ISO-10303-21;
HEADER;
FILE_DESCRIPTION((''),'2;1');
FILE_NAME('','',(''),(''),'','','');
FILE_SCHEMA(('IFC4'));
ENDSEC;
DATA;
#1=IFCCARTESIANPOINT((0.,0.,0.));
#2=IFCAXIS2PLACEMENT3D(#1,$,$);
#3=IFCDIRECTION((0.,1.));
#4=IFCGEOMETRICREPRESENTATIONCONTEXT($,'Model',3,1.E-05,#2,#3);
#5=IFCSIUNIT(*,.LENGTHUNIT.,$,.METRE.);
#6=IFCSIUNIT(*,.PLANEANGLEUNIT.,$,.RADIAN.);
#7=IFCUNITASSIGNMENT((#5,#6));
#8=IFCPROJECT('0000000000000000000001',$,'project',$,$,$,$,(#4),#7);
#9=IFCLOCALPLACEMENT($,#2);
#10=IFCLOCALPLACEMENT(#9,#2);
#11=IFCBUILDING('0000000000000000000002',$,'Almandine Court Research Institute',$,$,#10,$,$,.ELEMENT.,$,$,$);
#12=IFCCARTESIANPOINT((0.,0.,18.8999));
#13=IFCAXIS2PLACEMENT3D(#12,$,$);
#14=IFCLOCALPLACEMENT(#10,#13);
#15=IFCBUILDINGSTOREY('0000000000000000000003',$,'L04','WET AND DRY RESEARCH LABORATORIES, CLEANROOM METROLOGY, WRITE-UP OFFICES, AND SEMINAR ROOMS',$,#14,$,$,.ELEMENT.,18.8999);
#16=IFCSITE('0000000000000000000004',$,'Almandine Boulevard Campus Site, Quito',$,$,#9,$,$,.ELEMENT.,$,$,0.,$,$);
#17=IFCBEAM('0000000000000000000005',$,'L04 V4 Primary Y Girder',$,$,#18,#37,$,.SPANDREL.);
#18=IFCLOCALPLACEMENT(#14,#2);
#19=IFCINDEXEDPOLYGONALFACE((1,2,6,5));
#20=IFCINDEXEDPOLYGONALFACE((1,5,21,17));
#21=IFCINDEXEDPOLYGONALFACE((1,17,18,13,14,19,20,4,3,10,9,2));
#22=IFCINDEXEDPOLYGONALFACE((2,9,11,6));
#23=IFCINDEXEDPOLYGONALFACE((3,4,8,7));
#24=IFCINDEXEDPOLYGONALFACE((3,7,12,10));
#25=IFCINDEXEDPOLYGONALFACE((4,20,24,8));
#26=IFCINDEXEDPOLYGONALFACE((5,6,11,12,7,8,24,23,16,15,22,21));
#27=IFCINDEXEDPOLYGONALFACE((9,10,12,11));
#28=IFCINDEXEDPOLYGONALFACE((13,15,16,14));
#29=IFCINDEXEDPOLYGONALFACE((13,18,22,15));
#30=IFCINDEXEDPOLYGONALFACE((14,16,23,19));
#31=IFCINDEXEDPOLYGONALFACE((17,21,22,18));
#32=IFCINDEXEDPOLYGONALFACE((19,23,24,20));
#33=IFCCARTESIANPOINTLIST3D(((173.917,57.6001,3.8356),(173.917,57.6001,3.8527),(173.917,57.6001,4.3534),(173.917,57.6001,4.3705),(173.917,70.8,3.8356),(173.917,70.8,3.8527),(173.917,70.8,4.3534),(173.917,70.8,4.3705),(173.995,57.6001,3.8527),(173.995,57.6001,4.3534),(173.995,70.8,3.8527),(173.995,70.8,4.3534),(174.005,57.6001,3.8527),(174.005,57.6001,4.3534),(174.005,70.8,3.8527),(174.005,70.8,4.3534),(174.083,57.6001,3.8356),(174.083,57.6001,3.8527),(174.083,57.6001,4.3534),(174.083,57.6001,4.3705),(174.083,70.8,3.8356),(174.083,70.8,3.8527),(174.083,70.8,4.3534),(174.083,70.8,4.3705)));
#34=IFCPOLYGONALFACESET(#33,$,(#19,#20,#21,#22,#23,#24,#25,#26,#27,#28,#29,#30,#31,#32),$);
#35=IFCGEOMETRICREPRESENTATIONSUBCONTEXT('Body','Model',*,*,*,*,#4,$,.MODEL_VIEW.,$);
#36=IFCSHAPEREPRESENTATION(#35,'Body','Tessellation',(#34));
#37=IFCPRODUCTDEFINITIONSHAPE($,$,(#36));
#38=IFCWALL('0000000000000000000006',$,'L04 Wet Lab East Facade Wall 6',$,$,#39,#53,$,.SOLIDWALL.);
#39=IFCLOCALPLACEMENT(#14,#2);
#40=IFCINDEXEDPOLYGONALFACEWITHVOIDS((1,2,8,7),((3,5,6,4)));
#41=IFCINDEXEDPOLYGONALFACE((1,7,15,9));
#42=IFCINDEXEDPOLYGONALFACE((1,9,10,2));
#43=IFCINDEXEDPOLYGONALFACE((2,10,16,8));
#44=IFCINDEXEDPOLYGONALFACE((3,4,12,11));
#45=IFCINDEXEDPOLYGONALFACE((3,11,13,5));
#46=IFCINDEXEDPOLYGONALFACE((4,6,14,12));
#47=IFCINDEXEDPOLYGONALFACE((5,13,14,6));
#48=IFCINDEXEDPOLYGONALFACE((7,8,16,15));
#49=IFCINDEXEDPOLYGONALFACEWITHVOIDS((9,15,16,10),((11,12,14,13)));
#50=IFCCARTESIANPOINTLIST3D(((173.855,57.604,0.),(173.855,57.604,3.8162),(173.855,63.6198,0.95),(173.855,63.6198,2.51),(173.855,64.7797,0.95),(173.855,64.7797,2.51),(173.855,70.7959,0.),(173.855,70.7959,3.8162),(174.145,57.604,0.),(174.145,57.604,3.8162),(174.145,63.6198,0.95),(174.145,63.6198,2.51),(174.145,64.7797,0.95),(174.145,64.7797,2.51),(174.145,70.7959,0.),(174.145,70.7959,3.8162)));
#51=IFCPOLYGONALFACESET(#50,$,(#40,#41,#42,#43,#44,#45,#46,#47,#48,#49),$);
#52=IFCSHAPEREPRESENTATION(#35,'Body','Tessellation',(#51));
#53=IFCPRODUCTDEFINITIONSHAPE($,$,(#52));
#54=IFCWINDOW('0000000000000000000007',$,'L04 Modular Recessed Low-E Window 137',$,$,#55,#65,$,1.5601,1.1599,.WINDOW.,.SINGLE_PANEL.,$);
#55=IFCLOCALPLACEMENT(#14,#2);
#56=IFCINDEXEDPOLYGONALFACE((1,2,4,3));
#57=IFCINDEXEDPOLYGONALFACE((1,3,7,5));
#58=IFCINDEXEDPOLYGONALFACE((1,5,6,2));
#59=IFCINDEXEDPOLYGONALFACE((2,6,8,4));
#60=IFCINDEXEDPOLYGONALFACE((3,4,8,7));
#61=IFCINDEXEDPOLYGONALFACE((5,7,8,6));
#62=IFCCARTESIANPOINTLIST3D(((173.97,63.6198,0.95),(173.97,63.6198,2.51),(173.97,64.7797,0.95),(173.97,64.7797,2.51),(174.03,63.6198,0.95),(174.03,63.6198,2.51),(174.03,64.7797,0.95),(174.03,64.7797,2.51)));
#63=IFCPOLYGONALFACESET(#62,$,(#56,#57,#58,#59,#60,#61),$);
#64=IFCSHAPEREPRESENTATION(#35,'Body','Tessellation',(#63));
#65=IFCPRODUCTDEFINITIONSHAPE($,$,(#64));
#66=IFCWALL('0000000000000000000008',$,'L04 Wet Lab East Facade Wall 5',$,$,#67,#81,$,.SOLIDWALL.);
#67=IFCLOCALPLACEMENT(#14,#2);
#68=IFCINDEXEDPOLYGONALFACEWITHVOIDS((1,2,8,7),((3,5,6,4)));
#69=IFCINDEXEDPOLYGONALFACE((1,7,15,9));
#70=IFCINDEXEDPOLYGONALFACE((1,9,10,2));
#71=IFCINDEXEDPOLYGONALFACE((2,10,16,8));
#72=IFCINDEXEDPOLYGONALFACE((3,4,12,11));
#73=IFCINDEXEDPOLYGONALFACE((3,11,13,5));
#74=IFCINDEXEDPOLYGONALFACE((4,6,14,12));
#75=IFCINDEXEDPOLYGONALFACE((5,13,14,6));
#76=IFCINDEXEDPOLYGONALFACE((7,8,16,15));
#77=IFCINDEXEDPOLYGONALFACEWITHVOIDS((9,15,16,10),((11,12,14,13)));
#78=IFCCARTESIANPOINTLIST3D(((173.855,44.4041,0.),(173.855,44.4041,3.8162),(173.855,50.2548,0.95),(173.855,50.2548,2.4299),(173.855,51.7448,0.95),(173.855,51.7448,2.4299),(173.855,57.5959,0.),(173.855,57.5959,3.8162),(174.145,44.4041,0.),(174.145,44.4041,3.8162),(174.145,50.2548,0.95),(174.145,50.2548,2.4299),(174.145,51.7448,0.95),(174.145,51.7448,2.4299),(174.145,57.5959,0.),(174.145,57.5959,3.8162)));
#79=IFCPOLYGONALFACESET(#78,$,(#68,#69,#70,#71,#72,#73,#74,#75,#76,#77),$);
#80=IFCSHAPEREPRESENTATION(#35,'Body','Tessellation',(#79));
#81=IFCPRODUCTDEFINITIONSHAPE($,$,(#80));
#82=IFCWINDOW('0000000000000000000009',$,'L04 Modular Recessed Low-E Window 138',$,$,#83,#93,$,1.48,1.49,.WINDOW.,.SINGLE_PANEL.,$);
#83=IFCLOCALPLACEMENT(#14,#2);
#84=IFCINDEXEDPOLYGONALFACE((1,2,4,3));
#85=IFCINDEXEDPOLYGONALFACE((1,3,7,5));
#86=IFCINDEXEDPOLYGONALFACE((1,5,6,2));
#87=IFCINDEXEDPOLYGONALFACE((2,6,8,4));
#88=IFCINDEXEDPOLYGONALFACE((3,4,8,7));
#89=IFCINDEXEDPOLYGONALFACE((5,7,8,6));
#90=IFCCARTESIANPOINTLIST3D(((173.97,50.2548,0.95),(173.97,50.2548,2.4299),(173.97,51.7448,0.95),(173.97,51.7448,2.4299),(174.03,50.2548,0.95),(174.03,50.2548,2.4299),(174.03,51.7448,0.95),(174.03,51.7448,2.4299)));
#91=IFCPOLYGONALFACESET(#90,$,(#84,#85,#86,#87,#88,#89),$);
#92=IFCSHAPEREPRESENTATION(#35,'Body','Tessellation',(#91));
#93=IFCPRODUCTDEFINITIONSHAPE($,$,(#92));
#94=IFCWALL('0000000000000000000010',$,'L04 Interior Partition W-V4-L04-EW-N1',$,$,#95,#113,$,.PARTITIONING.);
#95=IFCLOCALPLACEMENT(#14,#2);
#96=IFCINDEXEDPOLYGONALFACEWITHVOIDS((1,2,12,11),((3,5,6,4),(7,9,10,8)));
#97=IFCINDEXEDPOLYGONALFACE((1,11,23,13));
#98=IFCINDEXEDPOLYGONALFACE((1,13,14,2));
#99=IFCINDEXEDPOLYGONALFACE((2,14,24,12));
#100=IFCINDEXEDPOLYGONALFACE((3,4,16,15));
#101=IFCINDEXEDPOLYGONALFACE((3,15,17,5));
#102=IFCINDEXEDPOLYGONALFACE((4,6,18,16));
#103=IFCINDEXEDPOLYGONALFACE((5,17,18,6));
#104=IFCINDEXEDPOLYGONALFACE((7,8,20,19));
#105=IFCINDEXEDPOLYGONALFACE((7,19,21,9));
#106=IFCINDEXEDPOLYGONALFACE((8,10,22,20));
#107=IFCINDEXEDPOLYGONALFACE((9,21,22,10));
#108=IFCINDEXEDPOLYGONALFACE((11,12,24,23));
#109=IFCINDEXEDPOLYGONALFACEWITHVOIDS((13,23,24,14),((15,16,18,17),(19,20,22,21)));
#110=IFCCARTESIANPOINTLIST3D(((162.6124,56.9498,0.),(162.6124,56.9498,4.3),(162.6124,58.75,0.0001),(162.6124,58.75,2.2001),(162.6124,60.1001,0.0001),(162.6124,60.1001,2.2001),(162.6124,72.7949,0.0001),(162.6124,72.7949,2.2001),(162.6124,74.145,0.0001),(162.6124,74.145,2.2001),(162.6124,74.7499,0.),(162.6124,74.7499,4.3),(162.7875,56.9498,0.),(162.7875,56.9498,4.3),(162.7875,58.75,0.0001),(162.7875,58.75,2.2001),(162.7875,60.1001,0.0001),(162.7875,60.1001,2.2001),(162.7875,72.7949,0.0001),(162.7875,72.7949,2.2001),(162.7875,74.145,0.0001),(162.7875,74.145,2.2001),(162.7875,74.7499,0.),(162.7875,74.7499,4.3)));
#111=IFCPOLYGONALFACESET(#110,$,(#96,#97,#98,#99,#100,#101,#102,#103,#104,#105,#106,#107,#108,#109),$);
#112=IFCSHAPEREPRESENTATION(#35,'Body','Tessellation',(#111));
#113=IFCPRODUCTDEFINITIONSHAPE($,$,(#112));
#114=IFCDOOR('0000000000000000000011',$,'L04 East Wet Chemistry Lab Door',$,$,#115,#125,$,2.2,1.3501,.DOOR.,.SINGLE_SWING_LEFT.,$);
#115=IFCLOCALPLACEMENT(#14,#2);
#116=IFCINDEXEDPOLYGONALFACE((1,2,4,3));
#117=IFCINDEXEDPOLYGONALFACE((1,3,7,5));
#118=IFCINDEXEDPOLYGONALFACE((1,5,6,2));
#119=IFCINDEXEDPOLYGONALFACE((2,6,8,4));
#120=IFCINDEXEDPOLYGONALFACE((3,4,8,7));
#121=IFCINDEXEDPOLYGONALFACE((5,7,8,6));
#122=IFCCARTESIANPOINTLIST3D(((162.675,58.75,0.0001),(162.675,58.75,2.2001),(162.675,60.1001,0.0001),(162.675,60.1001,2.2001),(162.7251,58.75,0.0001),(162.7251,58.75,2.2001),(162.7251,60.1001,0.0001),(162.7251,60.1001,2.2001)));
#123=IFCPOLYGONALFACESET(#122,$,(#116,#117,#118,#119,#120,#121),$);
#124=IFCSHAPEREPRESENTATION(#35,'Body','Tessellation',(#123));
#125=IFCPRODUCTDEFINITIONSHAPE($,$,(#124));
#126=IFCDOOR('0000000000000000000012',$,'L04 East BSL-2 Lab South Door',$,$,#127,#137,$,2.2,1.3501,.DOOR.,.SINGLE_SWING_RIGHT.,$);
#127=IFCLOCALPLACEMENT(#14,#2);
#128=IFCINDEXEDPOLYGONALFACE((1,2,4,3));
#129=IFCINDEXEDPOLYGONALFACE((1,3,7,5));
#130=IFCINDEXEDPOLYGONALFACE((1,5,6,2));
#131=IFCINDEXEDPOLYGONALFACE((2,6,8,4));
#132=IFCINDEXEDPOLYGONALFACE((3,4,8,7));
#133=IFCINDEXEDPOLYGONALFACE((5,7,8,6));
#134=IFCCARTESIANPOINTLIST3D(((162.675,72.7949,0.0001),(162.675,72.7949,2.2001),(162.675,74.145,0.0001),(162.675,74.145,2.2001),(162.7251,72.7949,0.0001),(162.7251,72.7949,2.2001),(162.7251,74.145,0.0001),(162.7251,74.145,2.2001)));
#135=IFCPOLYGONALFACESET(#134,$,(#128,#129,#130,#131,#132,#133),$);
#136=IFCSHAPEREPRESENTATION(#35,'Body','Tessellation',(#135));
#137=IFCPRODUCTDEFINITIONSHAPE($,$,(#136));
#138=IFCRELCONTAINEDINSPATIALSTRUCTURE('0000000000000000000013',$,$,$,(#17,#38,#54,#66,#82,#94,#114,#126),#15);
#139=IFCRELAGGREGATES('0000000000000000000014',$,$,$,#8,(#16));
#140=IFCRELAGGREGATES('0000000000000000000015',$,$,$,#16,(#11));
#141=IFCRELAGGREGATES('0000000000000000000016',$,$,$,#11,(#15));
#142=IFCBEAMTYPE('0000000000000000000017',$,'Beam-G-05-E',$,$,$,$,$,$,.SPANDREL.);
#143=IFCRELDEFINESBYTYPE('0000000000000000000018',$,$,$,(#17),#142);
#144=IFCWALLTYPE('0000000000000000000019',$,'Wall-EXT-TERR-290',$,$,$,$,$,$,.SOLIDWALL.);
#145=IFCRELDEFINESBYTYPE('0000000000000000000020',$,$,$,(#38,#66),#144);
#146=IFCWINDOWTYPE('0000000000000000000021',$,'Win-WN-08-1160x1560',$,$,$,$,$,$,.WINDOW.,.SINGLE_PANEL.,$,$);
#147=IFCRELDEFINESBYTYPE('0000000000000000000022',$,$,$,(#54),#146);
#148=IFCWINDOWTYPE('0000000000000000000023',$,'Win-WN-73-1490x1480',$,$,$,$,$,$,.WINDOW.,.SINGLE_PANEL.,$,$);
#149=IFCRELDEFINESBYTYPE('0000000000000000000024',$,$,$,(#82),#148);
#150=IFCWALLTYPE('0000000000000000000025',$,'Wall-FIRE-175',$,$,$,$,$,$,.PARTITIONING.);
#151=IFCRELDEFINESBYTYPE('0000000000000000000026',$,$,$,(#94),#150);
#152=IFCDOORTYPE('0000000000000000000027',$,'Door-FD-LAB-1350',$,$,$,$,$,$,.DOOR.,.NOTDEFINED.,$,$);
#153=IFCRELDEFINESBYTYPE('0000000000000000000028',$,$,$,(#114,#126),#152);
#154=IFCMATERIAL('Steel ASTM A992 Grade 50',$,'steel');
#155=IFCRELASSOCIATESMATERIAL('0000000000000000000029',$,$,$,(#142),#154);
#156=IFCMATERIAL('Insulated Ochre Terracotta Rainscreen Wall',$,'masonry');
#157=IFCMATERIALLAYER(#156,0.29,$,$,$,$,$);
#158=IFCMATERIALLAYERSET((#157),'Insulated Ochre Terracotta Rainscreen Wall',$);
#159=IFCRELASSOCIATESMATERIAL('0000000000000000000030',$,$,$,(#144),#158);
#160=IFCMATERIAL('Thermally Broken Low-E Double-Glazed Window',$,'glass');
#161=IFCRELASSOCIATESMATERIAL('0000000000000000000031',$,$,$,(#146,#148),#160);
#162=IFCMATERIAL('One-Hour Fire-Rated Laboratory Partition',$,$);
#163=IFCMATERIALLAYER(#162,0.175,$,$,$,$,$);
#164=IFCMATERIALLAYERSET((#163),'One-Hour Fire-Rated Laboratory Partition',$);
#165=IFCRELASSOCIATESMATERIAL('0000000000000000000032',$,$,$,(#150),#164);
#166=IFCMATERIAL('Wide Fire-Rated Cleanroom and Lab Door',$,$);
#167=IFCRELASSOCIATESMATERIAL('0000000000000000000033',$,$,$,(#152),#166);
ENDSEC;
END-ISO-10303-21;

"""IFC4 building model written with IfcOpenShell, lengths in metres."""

from ifc_helpers import new_model, si_unit, direction, frame, frame_2d, origin, origin_2d, place, context, subcontext, project, spatial, rectangle, i_section, extrude, material, layer, layer_set, material_profile, profile_set, type_object, element, fill, save


model = new_model("IFC4")

# Units and contexts
model_context = context("Model", 3, precision=1e-05, world=origin(), true_north=direction((0.0, 1.0)))
body_context = subcontext(model_context, "Body", "Model", "MODEL_VIEW")
ifc_project = project(units=[si_unit("LENGTHUNIT", "METRE"), si_unit("PLANEANGLEUNIT", "RADIAN")], contexts=[model_context])

# Site, building, storey
site_placement = place(None, origin())
site = spatial("IfcSite", under=ifc_project, at=site_placement, Name="Almandine Boulevard Campus Site, Quito", CompositionType="ELEMENT", RefElevation=0.0)
building_placement = place(site_placement, origin())
building = spatial("IfcBuilding", under=site, at=building_placement, Name="Almandine Court Research Institute", CompositionType="ELEMENT")
storey_placement = place(building_placement, frame((0.0, 0.0, 18.8999)))
storey = spatial("IfcBuildingStorey", under=building, at=storey_placement, Name="L04", Description="WET AND DRY RESEARCH LABORATORIES, CLEANROOM METROLOGY, WRITE-UP OFFICES, AND SEMINAR ROOMS", CompositionType="ELEMENT", Elevation=18.8999)

# Shared definitions
ifc_material_1 = material(Name="Steel ASTM A992 Grade 50", Category="steel")

# Beam
ifc_material_profile_1 = material_profile(ifc_material_1, i_section(OverallWidth=0.166, OverallDepth=0.5349, WebThickness=0.01, FlangeThickness=0.0171, at=origin_2d()), Name="W530x85")
ifc_profile_set_1 = profile_set([ifc_material_profile_1], Name="Steel ASTM A992 Grade 50")
beam_type_1 = type_object("IfcBeamType", Name="Beam-G-05-E", PredefinedType="SPANDREL", material=ifc_profile_set_1)
beam_1_placement = place(storey_placement, frame((174.0, 57.6001, 4.103), z_axis=(0.0, 1.0, 0.0), x_axis=(-1.0, 0.0, 0.0)))
element("IfcBeam", 1, at=beam_1_placement, inside=storey, type_object=beam_type_1, Name="L04 V4 Primary Y Girder", PredefinedType="SPANDREL", context=body_context, shape_type="SweptSolid", body=[
    extrude(i_section(OverallWidth=0.166, OverallDepth=0.5349, WebThickness=0.01, FlangeThickness=0.0171, at=origin_2d()), origin(), (0.0, 0.0, 1.0), 13.2),
])

# Walls, openings, windows
ifc_material_2 = material(Name="Insulated Ochre Terracotta Rainscreen Wall", Category="masonry")
ifc_layer_1 = layer(ifc_material_2, 0.29)
ifc_layer_set_1 = layer_set([ifc_layer_1], Name="Insulated Ochre Terracotta Rainscreen Wall")
wall_type_1 = type_object("IfcWallType", Name="Wall-EXT-TERR-290", PredefinedType="SOLIDWALL", material=ifc_layer_set_1)
wall_1_placement = place(storey_placement, frame((174.0, 70.7959, 0.0), z_axis=(0.0, 0.0, 1.0), x_axis=(0.0, -1.0, 0.0)))
wall_1 = element("IfcWall", 2, at=wall_1_placement, inside=storey, type_object=wall_type_1, Name="L04 Wet Lab East Facade Wall 6", PredefinedType="SOLIDWALL", context=body_context, shape_type="SweptSolid", body=[
    extrude(rectangle(XDim=13.1919, YDim=0.29, at=frame_2d((6.5959, 0.0))), origin(), (0.0, 0.0, 1.0), 3.8162),
])
opening_1_placement = place(wall_1_placement, frame((6.0161, 0.0, 0.95)))
opening_1 = element("IfcOpeningElement", 3, at=opening_1_placement, cuts=wall_1, PredefinedType="OPENING", context=body_context, shape_type="SweptSolid", body=[
    extrude(rectangle(XDim=1.1599, YDim=1.5601, at=frame_2d((0.5801, 0.78))), frame((0.0, 0.155, 0.0), z_axis=(0.0, -1.0, 0.0), x_axis=(1.0, 0.0, 0.0)), (0.0, 0.0, 1.0), 0.3101),
])
ifc_material_3 = material(Name="Thermally Broken Low-E Double-Glazed Window", Category="glass")
window_type_1 = type_object("IfcWindowType", Name="Win-WN-08-1160x1560", PartitioningType="SINGLE_PANEL", PredefinedType="WINDOW", material=ifc_material_3)
window_1_placement = place(opening_1_placement, origin())
window_1 = element("IfcWindow", 4, at=window_1_placement, inside=storey, type_object=window_type_1, Name="L04 Modular Recessed Low-E Window 137", OverallHeight=1.5601, OverallWidth=1.1599, PartitioningType="SINGLE_PANEL", PredefinedType="WINDOW", context=body_context, shape_type="SweptSolid", body=[
    extrude(rectangle(XDim=1.1599, YDim=1.5601, at=frame_2d((0.5801, 0.78))), frame((0.0, 0.03, 0.0), z_axis=(0.0, -1.0, 0.0), x_axis=(1.0, 0.0, 0.0)), (0.0, 0.0, 1.0), 0.0601),
])
fill(opening_1, window_1)
wall_2_placement = place(storey_placement, frame((174.0, 57.5959, 0.0), z_axis=(0.0, 0.0, 1.0), x_axis=(0.0, -1.0, 0.0)))
wall_2 = element("IfcWall", 5, at=wall_2_placement, inside=storey, type_object=wall_type_1, Name="L04 Wet Lab East Facade Wall 5", PredefinedType="SOLIDWALL", context=body_context, shape_type="SweptSolid", body=[
    extrude(rectangle(XDim=13.1919, YDim=0.29, at=frame_2d((6.5959, 0.0))), origin(), (0.0, 0.0, 1.0), 3.8162),
])
opening_2_placement = place(wall_2_placement, frame((5.8511, 0.0, 0.95)))
opening_2 = element("IfcOpeningElement", 6, at=opening_2_placement, cuts=wall_2, PredefinedType="OPENING", context=body_context, shape_type="SweptSolid", body=[
    extrude(rectangle(XDim=1.49, YDim=1.48, at=frame_2d((0.7451, 0.74))), frame((0.0, 0.155, 0.0), z_axis=(0.0, -1.0, 0.0), x_axis=(1.0, 0.0, 0.0)), (0.0, 0.0, 1.0), 0.3101),
])
window_type_2 = type_object("IfcWindowType", Name="Win-WN-73-1490x1480", PartitioningType="SINGLE_PANEL", PredefinedType="WINDOW", material=ifc_material_3)
window_2_placement = place(opening_2_placement, origin())
window_2 = element("IfcWindow", 7, at=window_2_placement, inside=storey, type_object=window_type_2, Name="L04 Modular Recessed Low-E Window 138", OverallHeight=1.48, OverallWidth=1.49, PartitioningType="SINGLE_PANEL", PredefinedType="WINDOW", context=body_context, shape_type="SweptSolid", body=[
    extrude(rectangle(XDim=1.49, YDim=1.48, at=frame_2d((0.7451, 0.74))), frame((0.0, 0.03, 0.0), z_axis=(0.0, -1.0, 0.0), x_axis=(1.0, 0.0, 0.0)), (0.0, 0.0, 1.0), 0.0601),
])
fill(opening_2, window_2)

# Wall, openings, doors
ifc_material_4 = material(Name="One-Hour Fire-Rated Laboratory Partition")
ifc_layer_2 = layer(ifc_material_4, 0.175)
ifc_layer_set_2 = layer_set([ifc_layer_2], Name="One-Hour Fire-Rated Laboratory Partition")
wall_type_2 = type_object("IfcWallType", Name="Wall-FIRE-175", PredefinedType="PARTITIONING", material=ifc_layer_set_2)
wall_3_placement = place(storey_placement, frame((162.7, 56.95, 0.0), z_axis=(0.0, 0.0, 1.0), x_axis=(0.0, 1.0, 0.0)))
wall_3 = element("IfcWall", 8, at=wall_3_placement, inside=storey, type_object=wall_type_2, Name="L04 Interior Partition W-V4-L04-EW-N1", PredefinedType="PARTITIONING", context=body_context, shape_type="SweptSolid", body=[
    extrude(rectangle(XDim=17.8, YDim=0.175, at=frame_2d((8.8999, 0.0))), origin(), (0.0, 0.0, 1.0), 4.3),
])
opening_3_placement = place(wall_3_placement, frame((1.8, 0.0, 0.0)))
opening_3 = element("IfcOpeningElement", 9, at=opening_3_placement, cuts=wall_3, PredefinedType="OPENING", context=body_context, shape_type="SweptSolid", body=[
    extrude(rectangle(XDim=1.3501, YDim=2.2, at=frame_2d((0.675, 1.1001))), frame((0.0, 0.0974, 0.0), z_axis=(0.0, -1.0, 0.0), x_axis=(1.0, 0.0, 0.0)), (0.0, 0.0, 1.0), 0.1951),
])
opening_4_placement = place(wall_3_placement, frame((15.845, 0.0, 0.0)))
opening_4 = element("IfcOpeningElement", 10, at=opening_4_placement, cuts=wall_3, PredefinedType="OPENING", context=body_context, shape_type="SweptSolid", body=[
    extrude(rectangle(XDim=1.3501, YDim=2.2, at=frame_2d((0.675, 1.1001))), frame((0.0, 0.0974, 0.0), z_axis=(0.0, -1.0, 0.0), x_axis=(1.0, 0.0, 0.0)), (0.0, 0.0, 1.0), 0.1951),
])
ifc_material_5 = material(Name="Wide Fire-Rated Cleanroom and Lab Door")
door_type_1 = type_object("IfcDoorType", Name="Door-FD-LAB-1350", OperationType="NOTDEFINED", PredefinedType="DOOR", material=ifc_material_5)
door_1_placement = place(opening_3_placement, origin())
door_1 = element("IfcDoor", 11, at=door_1_placement, inside=storey, type_object=door_type_1, Name="L04 East Wet Chemistry Lab Door", OperationType="SINGLE_SWING_LEFT", OverallHeight=2.2, OverallWidth=1.3501, PredefinedType="DOOR", context=body_context, shape_type="SweptSolid", body=[
    extrude(rectangle(XDim=1.3501, YDim=2.2, at=frame_2d((0.675, 1.1001))), frame((0.0, 0.0249, 0.0), z_axis=(0.0, -1.0, 0.0), x_axis=(1.0, 0.0, 0.0)), (0.0, 0.0, 1.0), 0.05),
])
fill(opening_3, door_1)
door_2_placement = place(opening_4_placement, origin())
door_2 = element("IfcDoor", 12, at=door_2_placement, inside=storey, type_object=door_type_1, Name="L04 East BSL-2 Lab South Door", OperationType="SINGLE_SWING_RIGHT", OverallHeight=2.2, OverallWidth=1.3501, PredefinedType="DOOR", context=body_context, shape_type="SweptSolid", body=[
    extrude(rectangle(XDim=1.3501, YDim=2.2, at=frame_2d((0.675, 1.1001))), frame((0.0, 0.0249, 0.0), z_axis=(0.0, -1.0, 0.0), x_axis=(1.0, 0.0, 0.0)), (0.0, 0.0, 1.0), 0.05),
])
fill(opening_4, door_2)

save(model, "model.ifc")
